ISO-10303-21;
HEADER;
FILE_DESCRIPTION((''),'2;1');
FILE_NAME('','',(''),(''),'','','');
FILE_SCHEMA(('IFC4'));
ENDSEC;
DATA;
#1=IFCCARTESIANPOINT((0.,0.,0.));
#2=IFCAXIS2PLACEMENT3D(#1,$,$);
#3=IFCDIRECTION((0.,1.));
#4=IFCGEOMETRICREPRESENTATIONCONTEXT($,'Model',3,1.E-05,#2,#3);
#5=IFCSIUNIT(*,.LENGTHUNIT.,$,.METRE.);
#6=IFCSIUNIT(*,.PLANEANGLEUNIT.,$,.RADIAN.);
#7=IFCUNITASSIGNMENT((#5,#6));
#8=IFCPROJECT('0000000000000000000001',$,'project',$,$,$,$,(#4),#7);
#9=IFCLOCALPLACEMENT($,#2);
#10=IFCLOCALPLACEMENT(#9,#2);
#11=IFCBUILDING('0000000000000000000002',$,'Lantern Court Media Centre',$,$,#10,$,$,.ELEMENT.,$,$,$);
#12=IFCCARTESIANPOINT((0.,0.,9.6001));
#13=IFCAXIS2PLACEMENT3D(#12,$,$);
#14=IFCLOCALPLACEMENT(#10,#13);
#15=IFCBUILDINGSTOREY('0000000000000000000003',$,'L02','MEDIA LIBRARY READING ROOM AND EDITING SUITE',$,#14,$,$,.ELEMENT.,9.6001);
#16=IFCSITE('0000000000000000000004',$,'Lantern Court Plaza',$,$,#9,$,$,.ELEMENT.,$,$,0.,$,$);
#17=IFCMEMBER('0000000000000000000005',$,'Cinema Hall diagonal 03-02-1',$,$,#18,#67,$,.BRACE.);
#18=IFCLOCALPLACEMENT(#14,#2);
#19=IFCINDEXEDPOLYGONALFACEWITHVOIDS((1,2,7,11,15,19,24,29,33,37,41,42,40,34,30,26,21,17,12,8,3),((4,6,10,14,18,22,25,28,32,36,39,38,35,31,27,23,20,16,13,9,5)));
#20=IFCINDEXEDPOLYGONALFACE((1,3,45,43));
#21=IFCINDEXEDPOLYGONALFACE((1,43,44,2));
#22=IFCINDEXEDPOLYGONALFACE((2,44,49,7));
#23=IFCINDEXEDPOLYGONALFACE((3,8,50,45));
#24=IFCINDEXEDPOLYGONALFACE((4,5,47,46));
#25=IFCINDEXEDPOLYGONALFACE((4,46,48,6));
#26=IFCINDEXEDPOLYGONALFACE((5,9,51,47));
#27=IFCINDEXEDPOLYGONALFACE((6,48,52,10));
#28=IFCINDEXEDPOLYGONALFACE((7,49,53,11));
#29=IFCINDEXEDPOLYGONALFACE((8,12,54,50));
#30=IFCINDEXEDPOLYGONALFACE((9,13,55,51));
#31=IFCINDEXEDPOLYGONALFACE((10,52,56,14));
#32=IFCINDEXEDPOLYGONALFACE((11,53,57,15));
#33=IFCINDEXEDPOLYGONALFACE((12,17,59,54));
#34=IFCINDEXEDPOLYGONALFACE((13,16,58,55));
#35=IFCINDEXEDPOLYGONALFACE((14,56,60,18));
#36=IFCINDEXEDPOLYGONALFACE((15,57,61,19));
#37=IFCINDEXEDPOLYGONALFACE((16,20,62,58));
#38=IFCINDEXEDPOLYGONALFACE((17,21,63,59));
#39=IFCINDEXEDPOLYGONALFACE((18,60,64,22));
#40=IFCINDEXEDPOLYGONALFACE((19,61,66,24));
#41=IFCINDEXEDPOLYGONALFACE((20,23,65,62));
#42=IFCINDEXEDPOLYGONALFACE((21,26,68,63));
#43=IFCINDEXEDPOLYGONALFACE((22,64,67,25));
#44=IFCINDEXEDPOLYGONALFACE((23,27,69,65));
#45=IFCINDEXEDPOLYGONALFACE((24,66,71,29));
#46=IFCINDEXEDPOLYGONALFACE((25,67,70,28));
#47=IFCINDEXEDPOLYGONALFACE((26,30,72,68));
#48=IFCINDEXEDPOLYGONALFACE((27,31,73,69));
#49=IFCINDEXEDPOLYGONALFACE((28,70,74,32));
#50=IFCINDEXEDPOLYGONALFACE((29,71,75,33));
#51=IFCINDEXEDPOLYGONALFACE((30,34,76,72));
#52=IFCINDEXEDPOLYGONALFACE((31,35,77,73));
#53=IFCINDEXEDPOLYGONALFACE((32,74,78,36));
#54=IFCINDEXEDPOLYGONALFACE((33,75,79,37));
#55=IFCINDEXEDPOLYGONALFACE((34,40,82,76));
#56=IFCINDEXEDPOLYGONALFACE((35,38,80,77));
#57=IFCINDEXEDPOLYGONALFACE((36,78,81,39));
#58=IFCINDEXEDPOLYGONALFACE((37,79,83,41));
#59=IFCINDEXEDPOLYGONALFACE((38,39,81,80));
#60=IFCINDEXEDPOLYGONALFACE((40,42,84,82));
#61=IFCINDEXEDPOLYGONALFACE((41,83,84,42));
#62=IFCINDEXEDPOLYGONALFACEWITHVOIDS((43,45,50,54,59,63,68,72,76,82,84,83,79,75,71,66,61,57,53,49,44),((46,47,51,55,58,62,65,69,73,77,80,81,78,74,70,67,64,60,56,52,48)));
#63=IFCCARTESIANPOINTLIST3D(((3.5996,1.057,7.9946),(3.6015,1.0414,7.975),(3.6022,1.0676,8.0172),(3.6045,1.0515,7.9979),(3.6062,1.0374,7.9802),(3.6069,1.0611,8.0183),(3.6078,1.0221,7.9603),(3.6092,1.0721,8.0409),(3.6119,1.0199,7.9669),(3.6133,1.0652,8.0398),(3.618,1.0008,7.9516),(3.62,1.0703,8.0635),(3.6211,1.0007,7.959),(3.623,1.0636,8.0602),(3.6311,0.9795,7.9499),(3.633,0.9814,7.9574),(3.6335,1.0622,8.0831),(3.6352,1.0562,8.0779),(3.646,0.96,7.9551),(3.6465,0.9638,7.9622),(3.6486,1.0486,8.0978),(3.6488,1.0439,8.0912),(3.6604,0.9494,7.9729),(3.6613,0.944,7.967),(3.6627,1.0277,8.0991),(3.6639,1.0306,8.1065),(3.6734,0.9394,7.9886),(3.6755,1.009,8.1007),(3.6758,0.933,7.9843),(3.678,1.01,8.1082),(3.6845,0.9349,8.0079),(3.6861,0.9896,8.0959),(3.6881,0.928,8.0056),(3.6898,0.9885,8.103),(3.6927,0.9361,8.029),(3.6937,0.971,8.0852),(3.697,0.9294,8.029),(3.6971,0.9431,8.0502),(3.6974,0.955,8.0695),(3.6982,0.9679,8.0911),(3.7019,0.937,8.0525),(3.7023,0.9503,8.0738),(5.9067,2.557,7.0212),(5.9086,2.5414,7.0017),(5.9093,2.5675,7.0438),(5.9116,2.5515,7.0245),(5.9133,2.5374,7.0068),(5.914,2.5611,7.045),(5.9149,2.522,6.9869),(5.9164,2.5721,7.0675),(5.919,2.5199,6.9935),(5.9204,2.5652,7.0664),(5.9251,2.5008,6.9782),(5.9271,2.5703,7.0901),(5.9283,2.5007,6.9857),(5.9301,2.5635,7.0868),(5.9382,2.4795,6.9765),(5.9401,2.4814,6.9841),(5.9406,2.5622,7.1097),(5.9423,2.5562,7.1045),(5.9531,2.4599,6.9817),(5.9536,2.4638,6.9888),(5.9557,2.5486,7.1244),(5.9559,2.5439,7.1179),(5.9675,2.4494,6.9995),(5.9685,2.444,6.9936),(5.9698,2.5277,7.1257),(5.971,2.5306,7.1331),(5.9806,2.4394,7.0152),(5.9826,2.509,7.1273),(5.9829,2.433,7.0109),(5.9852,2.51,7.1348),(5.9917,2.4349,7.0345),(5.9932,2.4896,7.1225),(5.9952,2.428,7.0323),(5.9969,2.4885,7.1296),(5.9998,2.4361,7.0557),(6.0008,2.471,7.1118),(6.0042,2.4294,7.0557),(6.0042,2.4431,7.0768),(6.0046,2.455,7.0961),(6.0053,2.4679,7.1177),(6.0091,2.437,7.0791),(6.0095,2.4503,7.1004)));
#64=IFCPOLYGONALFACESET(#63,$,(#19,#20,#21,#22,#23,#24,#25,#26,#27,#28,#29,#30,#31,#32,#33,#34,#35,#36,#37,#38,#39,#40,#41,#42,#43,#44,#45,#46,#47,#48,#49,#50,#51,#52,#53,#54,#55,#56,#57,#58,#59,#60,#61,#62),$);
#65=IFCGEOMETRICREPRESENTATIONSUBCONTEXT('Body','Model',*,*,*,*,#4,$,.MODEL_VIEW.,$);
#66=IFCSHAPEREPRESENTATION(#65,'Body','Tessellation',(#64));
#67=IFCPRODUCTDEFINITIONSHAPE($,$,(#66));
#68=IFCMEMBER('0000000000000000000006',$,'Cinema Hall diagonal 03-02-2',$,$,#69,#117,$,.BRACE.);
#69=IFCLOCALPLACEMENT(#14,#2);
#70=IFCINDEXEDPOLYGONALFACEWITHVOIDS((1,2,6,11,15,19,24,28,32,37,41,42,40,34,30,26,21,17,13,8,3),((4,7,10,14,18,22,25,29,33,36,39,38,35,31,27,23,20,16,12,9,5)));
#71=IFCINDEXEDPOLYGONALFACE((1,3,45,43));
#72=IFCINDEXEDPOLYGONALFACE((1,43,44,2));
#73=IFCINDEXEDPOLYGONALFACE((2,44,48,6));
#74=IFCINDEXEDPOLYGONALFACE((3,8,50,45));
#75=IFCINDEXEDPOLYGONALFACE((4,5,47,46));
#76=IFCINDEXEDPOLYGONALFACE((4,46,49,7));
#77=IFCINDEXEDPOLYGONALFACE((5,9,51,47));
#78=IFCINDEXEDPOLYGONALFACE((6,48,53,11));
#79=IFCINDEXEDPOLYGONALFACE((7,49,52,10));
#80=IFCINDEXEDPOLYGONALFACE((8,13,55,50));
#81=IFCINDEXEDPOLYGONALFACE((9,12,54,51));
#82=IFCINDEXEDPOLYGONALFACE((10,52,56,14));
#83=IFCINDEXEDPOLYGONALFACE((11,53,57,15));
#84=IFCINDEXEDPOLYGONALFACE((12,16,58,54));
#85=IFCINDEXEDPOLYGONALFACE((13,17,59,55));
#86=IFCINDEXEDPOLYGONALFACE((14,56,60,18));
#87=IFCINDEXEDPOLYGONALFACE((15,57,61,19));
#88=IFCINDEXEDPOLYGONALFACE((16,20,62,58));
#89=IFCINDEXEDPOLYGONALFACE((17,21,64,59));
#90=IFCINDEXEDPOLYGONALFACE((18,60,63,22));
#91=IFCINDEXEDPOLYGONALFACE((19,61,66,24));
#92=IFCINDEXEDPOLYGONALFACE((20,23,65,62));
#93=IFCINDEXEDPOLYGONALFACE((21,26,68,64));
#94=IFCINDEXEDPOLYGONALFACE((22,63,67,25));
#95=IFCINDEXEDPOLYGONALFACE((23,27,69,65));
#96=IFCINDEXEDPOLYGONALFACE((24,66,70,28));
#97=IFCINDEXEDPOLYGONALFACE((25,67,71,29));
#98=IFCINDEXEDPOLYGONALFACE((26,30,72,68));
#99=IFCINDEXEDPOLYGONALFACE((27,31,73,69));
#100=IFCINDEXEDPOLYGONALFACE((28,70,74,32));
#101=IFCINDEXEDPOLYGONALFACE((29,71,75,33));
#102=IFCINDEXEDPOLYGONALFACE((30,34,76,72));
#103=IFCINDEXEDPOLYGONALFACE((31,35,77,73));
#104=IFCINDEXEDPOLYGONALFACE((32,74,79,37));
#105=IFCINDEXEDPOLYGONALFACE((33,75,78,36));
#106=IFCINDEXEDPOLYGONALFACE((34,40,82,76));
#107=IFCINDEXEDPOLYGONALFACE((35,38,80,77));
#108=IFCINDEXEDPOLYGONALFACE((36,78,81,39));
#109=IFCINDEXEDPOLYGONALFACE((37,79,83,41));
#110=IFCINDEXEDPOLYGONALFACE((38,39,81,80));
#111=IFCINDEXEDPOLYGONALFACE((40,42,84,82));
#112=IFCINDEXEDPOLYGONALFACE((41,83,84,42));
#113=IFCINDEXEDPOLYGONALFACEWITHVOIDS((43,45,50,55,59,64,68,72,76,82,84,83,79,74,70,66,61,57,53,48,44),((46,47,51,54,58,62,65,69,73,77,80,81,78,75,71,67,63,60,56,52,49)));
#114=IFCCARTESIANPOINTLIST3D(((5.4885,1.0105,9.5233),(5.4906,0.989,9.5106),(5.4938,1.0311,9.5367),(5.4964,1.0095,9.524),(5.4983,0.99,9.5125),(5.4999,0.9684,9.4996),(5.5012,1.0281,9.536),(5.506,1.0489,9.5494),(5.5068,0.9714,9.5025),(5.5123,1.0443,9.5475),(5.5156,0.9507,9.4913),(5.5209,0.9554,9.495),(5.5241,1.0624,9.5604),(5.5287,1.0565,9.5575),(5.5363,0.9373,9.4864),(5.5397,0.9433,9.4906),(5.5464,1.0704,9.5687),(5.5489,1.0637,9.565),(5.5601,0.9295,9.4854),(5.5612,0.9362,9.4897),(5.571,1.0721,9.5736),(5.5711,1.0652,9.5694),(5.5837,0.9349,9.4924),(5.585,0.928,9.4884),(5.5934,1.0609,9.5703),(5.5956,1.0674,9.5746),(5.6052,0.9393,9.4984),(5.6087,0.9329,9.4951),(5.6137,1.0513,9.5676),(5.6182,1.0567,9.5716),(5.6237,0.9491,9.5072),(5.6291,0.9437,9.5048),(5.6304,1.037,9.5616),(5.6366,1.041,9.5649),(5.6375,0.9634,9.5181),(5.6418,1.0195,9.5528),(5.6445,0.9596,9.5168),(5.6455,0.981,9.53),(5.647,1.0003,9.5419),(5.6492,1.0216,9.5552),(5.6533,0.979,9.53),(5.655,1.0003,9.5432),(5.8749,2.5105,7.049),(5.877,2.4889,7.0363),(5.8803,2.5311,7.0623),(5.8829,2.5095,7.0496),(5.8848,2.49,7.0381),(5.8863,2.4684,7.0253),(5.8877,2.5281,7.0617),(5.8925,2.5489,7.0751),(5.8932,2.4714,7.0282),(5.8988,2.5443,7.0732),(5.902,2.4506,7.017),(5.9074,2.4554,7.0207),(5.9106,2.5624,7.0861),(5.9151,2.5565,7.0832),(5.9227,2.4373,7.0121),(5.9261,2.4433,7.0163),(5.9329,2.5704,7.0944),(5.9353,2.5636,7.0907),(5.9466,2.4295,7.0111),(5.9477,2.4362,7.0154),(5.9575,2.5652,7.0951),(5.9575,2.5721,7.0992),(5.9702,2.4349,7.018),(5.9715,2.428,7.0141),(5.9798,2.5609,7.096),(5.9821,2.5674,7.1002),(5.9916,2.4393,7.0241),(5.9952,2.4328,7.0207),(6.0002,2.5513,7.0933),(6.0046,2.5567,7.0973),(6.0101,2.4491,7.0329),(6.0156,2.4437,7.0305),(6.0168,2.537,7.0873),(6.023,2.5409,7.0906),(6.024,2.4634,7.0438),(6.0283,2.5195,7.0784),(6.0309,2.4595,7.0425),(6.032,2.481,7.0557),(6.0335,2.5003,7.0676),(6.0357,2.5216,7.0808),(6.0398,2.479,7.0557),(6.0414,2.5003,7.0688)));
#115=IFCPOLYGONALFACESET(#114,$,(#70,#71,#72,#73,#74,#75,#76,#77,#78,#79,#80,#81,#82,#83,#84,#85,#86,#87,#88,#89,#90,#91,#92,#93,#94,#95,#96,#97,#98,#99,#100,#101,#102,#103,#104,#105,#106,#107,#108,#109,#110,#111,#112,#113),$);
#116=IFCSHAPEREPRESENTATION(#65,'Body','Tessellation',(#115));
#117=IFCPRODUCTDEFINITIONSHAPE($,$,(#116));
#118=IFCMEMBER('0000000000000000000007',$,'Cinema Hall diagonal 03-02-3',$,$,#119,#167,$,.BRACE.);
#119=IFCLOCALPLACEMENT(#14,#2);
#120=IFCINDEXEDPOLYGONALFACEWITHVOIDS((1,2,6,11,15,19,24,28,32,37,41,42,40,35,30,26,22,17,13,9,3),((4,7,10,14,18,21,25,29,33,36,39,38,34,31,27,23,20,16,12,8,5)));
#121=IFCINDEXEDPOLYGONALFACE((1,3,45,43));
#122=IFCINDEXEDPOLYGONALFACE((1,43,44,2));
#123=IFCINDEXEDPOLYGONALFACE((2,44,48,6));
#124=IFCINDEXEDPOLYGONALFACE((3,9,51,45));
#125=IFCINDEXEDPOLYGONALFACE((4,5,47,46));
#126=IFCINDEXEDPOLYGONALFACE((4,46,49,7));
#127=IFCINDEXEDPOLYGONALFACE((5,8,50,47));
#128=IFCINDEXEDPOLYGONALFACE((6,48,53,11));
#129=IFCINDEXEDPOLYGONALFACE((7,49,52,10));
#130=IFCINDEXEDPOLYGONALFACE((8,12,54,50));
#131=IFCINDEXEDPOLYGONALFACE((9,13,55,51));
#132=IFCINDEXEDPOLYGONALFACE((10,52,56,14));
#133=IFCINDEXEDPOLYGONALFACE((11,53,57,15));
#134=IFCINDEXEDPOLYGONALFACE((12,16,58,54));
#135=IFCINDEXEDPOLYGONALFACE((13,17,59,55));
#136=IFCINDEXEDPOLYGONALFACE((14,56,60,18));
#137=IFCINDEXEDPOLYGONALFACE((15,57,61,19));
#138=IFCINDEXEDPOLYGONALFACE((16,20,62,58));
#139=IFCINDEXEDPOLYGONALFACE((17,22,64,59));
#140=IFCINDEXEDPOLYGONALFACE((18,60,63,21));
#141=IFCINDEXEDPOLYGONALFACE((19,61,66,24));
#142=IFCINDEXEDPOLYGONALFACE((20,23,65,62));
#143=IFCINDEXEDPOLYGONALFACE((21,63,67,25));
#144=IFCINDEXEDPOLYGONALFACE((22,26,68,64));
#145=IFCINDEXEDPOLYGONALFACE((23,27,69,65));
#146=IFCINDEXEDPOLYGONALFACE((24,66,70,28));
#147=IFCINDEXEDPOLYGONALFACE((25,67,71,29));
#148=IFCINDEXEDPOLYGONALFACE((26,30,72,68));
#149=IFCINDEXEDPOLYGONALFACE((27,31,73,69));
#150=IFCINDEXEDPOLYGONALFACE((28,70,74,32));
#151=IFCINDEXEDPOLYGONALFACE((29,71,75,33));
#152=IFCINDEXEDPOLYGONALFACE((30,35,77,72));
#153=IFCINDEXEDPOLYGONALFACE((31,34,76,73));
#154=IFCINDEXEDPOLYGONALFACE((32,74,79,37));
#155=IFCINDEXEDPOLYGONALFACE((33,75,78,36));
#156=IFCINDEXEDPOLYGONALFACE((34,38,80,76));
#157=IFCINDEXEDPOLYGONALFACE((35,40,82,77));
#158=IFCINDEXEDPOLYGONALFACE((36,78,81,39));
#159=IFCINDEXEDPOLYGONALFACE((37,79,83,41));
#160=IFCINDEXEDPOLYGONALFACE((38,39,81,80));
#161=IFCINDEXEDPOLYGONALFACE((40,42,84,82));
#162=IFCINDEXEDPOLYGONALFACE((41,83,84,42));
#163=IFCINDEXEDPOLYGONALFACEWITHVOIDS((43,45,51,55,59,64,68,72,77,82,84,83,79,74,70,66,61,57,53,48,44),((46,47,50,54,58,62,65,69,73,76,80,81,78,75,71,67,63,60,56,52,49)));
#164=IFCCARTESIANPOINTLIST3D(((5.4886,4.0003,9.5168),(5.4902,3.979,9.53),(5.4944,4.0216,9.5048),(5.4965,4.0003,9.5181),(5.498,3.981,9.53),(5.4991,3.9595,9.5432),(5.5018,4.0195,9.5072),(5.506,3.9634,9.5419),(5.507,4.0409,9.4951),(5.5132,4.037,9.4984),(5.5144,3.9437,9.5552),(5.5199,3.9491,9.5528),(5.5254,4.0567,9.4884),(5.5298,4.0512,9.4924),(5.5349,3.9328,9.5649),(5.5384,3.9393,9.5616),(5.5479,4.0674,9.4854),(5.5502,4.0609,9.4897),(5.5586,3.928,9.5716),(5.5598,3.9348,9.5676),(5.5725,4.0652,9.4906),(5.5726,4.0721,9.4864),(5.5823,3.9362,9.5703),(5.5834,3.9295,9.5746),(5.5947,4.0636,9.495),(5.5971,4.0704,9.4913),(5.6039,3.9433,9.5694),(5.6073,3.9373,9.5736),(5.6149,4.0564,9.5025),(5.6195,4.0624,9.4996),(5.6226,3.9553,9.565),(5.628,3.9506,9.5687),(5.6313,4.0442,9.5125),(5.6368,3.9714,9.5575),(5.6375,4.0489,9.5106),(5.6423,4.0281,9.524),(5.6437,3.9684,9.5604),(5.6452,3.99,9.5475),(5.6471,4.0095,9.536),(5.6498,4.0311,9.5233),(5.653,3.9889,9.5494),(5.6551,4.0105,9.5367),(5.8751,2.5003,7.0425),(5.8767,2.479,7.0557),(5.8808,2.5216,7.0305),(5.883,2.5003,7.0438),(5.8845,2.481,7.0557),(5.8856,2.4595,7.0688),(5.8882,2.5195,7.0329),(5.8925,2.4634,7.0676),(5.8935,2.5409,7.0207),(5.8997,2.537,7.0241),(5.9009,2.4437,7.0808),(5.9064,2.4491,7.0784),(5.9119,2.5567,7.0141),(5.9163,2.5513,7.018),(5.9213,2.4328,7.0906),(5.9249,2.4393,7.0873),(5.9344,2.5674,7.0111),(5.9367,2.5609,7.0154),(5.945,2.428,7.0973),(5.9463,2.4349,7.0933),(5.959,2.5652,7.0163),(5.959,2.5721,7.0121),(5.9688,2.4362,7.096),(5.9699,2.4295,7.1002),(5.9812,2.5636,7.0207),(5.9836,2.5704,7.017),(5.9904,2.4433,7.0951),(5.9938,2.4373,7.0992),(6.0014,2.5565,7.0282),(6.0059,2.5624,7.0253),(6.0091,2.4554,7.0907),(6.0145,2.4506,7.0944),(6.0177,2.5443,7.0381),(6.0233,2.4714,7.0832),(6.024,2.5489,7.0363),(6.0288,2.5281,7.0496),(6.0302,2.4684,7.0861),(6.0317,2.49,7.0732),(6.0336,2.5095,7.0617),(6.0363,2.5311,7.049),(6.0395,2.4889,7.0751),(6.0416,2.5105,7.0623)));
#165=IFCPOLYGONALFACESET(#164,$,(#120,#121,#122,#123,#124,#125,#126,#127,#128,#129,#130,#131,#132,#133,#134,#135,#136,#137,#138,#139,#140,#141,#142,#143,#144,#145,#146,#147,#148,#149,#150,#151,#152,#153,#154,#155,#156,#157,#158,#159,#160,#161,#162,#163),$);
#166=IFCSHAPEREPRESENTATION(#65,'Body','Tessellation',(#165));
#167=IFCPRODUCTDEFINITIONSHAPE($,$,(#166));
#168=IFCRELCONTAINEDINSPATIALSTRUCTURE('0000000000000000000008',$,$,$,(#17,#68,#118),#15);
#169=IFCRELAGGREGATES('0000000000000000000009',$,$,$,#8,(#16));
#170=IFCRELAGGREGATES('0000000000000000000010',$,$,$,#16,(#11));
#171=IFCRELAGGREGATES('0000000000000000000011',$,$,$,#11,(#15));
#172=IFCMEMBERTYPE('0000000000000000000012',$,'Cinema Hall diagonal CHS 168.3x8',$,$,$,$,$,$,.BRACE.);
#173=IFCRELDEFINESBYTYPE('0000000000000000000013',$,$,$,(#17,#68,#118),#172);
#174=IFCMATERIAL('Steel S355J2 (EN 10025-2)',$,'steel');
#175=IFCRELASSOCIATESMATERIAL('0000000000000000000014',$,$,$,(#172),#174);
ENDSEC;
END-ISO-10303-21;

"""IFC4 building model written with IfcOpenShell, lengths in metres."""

from ifc_helpers import new_model, si_unit, direction, frame, origin, origin_2d, place, context, subcontext, project, spatial, hollow_circle, extrude, material, material_profile, profile_set, type_object, element, save


model = new_model("IFC4")

# Units and contexts
model_context = context("Model", 3, precision=1e-05, world=origin(), true_north=direction((0.0, 1.0)))
body_context = subcontext(model_context, "Body", "Model", "MODEL_VIEW")
ifc_project = project(units=[si_unit("LENGTHUNIT", "METRE"), si_unit("PLANEANGLEUNIT", "RADIAN")], contexts=[model_context])

# Site, building, storey
site_placement = place(None, origin())
site = spatial("IfcSite", under=ifc_project, at=site_placement, Name="Lantern Court Plaza", CompositionType="ELEMENT", RefElevation=0.0)
building_placement = place(site_placement, origin())
building = spatial("IfcBuilding", under=site, at=building_placement, Name="Lantern Court Media Centre", CompositionType="ELEMENT")
storey_placement = place(building_placement, frame((0.0, 0.0, 9.6001)))
storey = spatial("IfcBuildingStorey", under=building, at=storey_placement, Name="L02", Description="MEDIA LIBRARY READING ROOM AND EDITING SUITE", CompositionType="ELEMENT", Elevation=9.6001)

# Members
ifc_material = material(Name="Steel S355J2 (EN 10025-2)", Category="steel")
ifc_material_profile_1 = material_profile(ifc_material, hollow_circle(Radius=0.0842, WallThickness=0.0081, at=origin_2d()), Name="Cinema Hall diagonal CHS 168.3x8")
ifc_profile_set_1 = profile_set([ifc_material_profile_1], Name="Steel S355J2 (EN 10025-2)")
member_type_1 = type_object("IfcMemberType", Name="Cinema Hall diagonal CHS 168.3x8", PredefinedType="BRACE", material=ifc_profile_set_1)
member_1_placement = place(storey_placement, frame((5.9583, 2.5, 7.0557), z_axis=(-0.790394, -0.513882, 0.333471), x_axis=(0.545082, -0.838383, 0.0)))
element("IfcMember", 1, at=member_1_placement, inside=storey, type_object=member_type_1, Name="Cinema Hall diagonal 03-02-1", PredefinedType="BRACE", context=body_context, shape_type="SweptSolid", body=[
    extrude(hollow_circle(Radius=0.0842, WallThickness=0.0081, at=origin_2d()), origin(), (0.0, 0.0, 1.0), 2.9189),
])
for number, where, z_axis, x_axis, name in (
    (2, (5.9583, 2.5, 7.0557), (-0.13239, -0.513836, 0.847612), (0.968374, -0.249501, 0.0), "Cinema Hall diagonal 03-02-2"),
    (3, (5.9583, 2.5, 7.0557), (-0.13239, 0.513836, 0.847612), (-0.968374, -0.249501, 0.0), "Cinema Hall diagonal 03-02-3"),
):
    element("IfcMember", number, at=place(storey_placement, frame(where, z_axis=z_axis, x_axis=x_axis)), inside=storey, type_object=member_type_1, Name=name, PredefinedType="BRACE", context=body_context, shape_type="SweptSolid", body=[
        extrude(hollow_circle(Radius=0.0842, WallThickness=0.0081, at=origin_2d()), origin(), (0.0, 0.0, 1.0), 2.9192),
    ])

save(model, "model.ifc")
